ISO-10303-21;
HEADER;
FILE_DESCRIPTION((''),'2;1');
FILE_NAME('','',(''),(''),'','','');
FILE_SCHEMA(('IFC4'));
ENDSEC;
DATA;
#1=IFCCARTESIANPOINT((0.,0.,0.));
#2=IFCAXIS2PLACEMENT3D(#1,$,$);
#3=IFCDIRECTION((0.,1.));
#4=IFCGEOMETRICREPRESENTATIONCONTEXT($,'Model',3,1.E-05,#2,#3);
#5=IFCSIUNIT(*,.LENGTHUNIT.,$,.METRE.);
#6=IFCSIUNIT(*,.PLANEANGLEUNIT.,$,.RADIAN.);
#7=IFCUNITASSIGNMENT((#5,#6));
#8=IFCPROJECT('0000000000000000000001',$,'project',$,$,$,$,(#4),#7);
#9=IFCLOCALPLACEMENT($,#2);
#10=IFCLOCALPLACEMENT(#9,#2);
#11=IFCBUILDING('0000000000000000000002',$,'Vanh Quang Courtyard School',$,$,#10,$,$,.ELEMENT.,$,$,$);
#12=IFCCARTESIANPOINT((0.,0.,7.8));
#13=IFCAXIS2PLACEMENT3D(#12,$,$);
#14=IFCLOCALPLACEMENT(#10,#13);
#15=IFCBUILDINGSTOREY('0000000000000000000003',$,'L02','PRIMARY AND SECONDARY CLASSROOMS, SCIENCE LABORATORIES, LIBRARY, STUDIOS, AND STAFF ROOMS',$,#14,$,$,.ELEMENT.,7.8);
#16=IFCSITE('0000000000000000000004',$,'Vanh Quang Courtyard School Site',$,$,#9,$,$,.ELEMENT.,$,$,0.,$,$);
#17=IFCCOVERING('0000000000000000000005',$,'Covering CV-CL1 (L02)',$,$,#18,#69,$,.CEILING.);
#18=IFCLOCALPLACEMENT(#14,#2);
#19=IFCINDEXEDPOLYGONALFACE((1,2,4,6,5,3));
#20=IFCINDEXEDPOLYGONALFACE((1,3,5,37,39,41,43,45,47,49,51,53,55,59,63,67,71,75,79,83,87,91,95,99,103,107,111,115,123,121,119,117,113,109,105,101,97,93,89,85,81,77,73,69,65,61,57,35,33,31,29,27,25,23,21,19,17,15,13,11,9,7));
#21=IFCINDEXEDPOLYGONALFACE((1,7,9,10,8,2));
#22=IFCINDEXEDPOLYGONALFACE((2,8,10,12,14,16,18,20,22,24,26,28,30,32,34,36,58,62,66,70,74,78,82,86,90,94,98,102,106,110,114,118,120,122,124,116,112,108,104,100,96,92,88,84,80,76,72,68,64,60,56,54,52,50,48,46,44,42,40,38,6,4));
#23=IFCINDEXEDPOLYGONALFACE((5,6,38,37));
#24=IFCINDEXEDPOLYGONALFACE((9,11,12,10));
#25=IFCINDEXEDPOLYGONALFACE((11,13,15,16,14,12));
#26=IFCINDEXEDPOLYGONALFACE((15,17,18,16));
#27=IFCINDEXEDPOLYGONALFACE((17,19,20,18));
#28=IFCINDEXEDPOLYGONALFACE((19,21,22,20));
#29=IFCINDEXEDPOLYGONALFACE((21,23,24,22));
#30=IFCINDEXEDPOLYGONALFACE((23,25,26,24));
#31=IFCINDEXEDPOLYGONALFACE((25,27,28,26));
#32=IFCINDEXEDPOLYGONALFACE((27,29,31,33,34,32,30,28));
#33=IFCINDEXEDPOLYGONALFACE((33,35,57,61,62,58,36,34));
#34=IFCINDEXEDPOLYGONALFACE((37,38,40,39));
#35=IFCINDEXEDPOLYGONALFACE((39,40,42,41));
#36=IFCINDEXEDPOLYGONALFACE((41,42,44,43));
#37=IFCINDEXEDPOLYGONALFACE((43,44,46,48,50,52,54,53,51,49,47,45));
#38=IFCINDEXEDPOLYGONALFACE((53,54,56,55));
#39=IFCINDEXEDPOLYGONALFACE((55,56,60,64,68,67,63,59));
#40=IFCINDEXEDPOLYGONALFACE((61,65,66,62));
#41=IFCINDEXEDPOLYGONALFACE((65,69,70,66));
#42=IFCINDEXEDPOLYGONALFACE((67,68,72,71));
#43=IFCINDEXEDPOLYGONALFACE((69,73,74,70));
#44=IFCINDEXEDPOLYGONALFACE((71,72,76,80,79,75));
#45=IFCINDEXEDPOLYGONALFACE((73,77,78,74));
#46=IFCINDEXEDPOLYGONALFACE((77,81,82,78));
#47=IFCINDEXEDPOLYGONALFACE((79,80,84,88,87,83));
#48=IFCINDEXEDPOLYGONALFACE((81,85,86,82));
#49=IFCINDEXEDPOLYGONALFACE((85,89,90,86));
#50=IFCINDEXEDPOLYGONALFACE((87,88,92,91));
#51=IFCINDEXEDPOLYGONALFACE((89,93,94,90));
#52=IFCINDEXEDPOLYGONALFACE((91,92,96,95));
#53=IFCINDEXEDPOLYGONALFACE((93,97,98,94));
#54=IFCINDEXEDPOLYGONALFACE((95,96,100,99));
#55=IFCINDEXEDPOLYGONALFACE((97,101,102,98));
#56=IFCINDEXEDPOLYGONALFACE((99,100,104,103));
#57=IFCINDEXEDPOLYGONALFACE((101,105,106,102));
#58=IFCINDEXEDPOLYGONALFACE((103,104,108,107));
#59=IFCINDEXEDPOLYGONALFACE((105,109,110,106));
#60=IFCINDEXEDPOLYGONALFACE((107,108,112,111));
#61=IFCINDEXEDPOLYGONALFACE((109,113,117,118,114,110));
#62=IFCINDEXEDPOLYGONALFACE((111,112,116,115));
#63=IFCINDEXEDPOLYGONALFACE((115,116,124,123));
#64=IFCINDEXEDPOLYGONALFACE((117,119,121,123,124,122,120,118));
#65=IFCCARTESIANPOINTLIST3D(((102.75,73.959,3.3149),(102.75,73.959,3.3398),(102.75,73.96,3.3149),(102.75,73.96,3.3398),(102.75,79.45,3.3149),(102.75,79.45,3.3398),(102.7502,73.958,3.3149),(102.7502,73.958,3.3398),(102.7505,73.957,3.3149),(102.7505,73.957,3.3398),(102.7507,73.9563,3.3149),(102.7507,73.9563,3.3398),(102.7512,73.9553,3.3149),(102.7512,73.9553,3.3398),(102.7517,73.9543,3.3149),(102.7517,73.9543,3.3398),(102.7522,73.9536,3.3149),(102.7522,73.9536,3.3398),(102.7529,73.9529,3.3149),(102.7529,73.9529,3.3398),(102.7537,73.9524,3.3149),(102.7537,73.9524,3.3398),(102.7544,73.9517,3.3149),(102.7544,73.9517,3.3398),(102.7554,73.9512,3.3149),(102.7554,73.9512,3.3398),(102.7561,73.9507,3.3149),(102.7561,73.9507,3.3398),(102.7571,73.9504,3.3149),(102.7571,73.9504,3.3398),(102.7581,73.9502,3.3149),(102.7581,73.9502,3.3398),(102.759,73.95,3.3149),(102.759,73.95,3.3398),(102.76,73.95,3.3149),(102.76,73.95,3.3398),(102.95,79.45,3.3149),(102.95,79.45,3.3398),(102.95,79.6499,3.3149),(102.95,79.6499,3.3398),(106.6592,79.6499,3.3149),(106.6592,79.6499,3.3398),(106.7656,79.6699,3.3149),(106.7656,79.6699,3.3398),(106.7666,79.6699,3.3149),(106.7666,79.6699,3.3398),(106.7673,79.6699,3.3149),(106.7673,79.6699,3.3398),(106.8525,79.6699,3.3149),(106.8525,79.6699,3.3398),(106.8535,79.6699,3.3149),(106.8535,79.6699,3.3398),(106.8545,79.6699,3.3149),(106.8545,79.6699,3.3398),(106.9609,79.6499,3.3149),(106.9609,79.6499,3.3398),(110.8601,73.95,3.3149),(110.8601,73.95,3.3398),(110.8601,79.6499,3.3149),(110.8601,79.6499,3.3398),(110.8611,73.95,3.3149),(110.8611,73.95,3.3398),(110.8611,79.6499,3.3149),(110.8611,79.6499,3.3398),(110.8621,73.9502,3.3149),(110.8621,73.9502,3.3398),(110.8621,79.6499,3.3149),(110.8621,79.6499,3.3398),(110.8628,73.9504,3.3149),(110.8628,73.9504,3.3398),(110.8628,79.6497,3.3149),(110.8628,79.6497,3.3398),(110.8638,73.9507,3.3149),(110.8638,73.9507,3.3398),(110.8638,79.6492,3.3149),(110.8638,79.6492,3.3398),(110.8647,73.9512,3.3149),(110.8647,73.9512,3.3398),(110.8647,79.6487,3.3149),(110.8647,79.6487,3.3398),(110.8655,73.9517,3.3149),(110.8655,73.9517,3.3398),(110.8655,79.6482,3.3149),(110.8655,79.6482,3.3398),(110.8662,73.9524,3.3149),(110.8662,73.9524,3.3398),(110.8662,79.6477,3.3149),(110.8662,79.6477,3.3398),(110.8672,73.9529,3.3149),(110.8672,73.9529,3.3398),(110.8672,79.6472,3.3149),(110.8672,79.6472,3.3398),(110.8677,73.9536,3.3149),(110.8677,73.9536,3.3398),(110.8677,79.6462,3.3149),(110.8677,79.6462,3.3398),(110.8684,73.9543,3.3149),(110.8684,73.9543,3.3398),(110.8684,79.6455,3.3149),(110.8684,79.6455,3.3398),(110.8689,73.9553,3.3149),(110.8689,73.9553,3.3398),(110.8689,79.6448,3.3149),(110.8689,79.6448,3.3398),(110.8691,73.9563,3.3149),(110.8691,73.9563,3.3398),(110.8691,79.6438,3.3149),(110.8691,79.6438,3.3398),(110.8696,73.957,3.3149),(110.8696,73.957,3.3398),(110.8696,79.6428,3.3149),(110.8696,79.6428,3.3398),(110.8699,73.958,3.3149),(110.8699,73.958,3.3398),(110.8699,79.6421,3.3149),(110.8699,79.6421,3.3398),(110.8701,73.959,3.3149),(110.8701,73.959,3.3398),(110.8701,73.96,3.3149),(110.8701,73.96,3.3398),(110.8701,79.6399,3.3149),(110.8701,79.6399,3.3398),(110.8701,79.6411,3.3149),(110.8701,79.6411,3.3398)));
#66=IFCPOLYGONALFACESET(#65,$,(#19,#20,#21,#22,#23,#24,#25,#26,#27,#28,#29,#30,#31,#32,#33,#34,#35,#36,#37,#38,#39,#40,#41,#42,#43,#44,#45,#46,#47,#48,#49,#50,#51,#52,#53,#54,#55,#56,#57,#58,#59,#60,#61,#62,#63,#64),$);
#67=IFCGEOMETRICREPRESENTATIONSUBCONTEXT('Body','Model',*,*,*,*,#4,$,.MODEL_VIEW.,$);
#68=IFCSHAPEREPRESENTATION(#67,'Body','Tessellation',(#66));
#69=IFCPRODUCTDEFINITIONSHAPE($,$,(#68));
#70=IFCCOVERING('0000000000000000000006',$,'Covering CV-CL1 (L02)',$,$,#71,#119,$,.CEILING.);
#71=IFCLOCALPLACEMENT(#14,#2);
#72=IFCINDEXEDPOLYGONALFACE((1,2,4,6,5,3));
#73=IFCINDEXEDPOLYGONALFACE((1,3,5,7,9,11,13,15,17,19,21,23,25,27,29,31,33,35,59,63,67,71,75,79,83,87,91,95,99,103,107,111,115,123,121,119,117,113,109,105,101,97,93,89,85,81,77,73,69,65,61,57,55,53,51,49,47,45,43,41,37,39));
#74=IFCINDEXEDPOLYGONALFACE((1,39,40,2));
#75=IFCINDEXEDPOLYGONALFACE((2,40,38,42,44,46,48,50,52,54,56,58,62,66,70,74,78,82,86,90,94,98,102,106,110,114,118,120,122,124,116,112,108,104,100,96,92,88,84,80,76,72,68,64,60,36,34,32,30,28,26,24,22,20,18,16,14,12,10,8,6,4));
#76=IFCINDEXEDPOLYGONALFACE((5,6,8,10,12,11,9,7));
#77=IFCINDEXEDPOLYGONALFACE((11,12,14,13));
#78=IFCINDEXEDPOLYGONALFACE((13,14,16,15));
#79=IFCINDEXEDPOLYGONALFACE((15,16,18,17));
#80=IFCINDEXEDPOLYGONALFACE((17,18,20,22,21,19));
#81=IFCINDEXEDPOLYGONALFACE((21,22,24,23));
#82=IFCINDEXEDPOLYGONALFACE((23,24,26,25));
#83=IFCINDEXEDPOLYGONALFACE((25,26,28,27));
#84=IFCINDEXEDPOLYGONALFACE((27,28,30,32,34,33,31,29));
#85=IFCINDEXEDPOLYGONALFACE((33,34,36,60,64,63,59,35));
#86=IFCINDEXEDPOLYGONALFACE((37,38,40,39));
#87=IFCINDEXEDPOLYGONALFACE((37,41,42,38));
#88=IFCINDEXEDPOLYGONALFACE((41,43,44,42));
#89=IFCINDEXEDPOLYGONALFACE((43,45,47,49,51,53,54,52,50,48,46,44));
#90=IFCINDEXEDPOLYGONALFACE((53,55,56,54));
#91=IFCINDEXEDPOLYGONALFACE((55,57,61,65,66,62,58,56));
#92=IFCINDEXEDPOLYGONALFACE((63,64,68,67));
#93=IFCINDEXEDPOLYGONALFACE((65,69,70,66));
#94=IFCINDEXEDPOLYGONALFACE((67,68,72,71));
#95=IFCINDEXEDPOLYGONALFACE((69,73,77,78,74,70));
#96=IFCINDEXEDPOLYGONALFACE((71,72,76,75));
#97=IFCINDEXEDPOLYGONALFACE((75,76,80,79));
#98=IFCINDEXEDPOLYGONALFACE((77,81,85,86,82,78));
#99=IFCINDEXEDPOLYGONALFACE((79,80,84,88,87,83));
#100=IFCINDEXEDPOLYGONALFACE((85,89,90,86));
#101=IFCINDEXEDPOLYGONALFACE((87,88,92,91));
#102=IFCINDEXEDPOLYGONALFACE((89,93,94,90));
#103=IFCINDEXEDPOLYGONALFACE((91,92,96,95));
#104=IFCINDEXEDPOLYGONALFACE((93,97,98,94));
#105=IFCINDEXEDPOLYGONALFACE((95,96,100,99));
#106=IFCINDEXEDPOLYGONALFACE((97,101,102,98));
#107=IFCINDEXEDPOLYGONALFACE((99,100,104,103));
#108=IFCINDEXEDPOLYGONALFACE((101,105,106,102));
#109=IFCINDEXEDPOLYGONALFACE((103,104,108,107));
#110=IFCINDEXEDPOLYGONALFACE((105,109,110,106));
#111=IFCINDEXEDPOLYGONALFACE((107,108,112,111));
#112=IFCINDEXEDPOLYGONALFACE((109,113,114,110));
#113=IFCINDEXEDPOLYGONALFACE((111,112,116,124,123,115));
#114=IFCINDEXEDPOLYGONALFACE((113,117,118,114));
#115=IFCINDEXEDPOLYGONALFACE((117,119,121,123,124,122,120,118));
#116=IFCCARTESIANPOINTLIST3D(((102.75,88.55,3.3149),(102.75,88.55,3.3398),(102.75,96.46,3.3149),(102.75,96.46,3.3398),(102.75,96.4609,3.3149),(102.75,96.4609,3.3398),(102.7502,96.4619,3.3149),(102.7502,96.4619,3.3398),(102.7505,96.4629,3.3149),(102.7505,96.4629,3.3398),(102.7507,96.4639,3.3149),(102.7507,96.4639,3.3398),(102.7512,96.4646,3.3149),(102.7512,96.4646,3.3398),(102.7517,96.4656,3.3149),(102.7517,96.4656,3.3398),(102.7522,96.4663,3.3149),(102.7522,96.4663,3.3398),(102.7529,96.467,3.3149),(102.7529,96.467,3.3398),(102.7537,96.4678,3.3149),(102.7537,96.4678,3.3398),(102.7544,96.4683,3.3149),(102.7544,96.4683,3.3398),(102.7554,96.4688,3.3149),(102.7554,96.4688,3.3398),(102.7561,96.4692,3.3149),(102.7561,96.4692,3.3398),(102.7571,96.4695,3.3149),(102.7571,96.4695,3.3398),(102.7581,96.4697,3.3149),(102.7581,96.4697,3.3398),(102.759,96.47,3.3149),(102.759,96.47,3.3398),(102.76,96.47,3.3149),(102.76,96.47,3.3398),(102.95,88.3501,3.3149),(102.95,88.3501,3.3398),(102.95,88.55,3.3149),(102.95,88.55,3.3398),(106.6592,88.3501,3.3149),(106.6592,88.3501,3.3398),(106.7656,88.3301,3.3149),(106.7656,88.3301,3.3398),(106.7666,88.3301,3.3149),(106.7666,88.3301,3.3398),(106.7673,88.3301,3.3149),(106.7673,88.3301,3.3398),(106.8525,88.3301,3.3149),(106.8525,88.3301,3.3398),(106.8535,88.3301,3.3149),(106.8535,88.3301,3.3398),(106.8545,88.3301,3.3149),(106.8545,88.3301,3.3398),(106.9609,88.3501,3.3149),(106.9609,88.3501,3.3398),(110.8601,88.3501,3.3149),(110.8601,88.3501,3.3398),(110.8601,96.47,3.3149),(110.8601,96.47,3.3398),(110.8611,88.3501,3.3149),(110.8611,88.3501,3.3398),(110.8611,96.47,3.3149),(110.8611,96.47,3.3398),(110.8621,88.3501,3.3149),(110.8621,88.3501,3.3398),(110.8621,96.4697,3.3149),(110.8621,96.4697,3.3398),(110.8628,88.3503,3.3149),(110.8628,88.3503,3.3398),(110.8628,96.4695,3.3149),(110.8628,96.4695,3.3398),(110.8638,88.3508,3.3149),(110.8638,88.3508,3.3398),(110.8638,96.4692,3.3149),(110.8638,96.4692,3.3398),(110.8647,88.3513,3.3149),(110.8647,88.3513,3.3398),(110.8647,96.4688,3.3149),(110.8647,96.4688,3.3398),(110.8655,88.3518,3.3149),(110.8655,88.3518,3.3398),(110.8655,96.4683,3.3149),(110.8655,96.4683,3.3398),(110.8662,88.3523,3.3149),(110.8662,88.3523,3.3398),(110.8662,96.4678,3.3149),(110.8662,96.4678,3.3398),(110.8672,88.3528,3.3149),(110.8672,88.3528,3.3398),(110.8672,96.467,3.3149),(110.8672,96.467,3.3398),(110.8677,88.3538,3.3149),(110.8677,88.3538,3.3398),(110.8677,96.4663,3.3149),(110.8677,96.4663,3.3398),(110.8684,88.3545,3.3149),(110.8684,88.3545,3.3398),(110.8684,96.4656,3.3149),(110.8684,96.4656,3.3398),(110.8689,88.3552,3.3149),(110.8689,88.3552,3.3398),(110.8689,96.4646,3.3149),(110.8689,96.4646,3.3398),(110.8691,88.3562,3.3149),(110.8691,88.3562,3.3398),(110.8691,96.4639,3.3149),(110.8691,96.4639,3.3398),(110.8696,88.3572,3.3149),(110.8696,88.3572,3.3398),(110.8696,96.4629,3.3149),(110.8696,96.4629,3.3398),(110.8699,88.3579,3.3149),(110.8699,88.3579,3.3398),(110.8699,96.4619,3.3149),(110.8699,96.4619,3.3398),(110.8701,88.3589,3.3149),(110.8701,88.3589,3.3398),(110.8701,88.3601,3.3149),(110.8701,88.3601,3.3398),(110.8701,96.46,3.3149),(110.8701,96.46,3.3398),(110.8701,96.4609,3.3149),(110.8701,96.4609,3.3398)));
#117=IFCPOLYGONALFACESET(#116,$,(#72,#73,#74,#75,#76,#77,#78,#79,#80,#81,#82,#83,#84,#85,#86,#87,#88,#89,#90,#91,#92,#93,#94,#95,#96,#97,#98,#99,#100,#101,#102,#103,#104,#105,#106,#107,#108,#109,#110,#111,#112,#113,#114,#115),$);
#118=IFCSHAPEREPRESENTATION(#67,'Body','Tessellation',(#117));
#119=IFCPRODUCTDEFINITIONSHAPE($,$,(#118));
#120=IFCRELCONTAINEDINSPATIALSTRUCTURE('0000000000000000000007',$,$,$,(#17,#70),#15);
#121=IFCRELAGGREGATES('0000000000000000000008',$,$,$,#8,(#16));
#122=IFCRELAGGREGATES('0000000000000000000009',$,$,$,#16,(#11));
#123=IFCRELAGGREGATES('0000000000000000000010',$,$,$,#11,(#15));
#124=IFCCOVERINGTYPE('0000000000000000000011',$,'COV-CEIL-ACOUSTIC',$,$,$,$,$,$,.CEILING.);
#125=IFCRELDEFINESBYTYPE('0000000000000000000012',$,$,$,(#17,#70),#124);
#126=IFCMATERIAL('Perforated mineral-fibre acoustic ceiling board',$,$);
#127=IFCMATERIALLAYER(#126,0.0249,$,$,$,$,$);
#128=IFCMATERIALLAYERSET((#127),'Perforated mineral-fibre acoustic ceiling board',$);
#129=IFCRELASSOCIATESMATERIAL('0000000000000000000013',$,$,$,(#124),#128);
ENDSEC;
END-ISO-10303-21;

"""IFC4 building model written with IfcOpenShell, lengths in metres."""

from ifc_helpers import new_model, si_unit, direction, frame, origin, place, context, subcontext, project, spatial, polyline, outline, extrude, material, layer, layer_set, type_object, element, save


model = new_model("IFC4")

# Units and contexts
model_context = context("Model", 3, precision=1e-05, world=origin(), true_north=direction((0.0, 1.0)))
body_context = subcontext(model_context, "Body", "Model", "MODEL_VIEW")
ifc_project = project(units=[si_unit("LENGTHUNIT", "METRE"), si_unit("PLANEANGLEUNIT", "RADIAN")], contexts=[model_context])

# Site, building, storey
site_placement = place(None, origin())
site = spatial("IfcSite", under=ifc_project, at=site_placement, Name="Vanh Quang Courtyard School Site", CompositionType="ELEMENT", RefElevation=0.0)
building_placement = place(site_placement, origin())
building = spatial("IfcBuilding", under=site, at=building_placement, Name="Vanh Quang Courtyard School", CompositionType="ELEMENT")
storey_placement = place(building_placement, frame((0.0, 0.0, 7.8)))
storey = spatial("IfcBuildingStorey", under=building, at=storey_placement, Name="L02", Description="PRIMARY AND SECONDARY CLASSROOMS, SCIENCE LABORATORIES, LIBRARY, STUDIOS, AND STAFF ROOMS", CompositionType="ELEMENT", Elevation=7.8)

# Coverings
ifc_material_1 = material(Name="Perforated mineral-fibre acoustic ceiling board")
ifc_layer_1 = layer(ifc_material_1, 0.0249)
ifc_layer_set_1 = layer_set([ifc_layer_1], Name="Perforated mineral-fibre acoustic ceiling board")
covering_type_1 = type_object("IfcCoveringType", Name="COV-CEIL-ACOUSTIC", PredefinedType="CEILING", material=ifc_layer_set_1)
covering_1_placement = place(storey_placement, frame((0.0, 0.0, 3.3149)))
element("IfcCovering", 1, at=covering_1_placement, inside=storey, type_object=covering_type_1, Name="Covering CV-CL1 (L02)", PredefinedType="CEILING", context=body_context, shape_type="SweptSolid", body=[
    extrude(outline(polyline([(102.75, 79.45), (102.95, 79.45), (102.95, 79.6499), (106.6592, 79.6499), (106.7656, 79.6699), (106.7666, 79.6699), (106.7673, 79.6699), (106.8525, 79.6699), (106.8535, 79.6699), (106.8545, 79.6699), (106.9609, 79.6499), (110.8601, 79.6499), (110.8611, 79.6499), (110.8621, 79.6499), (110.8628, 79.6497), (110.8638, 79.6492), (110.8647, 79.6487), (110.8655, 79.6482), (110.8662, 79.6477), (110.8672, 79.6472), (110.8677, 79.6462), (110.8684, 79.6455), (110.8689, 79.6448), (110.8691, 79.6438), (110.8696, 79.6428), (110.8699, 79.6421), (110.8701, 79.6411), (110.8701, 79.6399), (110.8701, 73.96), (110.8701, 73.959), (110.8699, 73.958), (110.8696, 73.957), (110.8691, 73.9563), (110.8689, 73.9553), (110.8684, 73.9543), (110.8677, 73.9536), (110.8672, 73.9529), (110.8662, 73.9524), (110.8655, 73.9517), (110.8647, 73.9512), (110.8638, 73.9507), (110.8628, 73.9504), (110.8621, 73.9502), (110.8611, 73.95), (110.8601, 73.95), (102.76, 73.95), (102.759, 73.95), (102.7581, 73.9502), (102.7571, 73.9504), (102.7561, 73.9507), (102.7554, 73.9512), (102.7544, 73.9517), (102.7537, 73.9524), (102.7529, 73.9529), (102.7522, 73.9536), (102.7517, 73.9543), (102.7512, 73.9553), (102.7507, 73.9563), (102.7505, 73.957), (102.7502, 73.958), (102.75, 73.959), (102.75, 73.96), (102.75, 79.45)])), origin(), (0.0, 0.0, 1.0), 0.0249),
])
covering_2_placement = place(storey_placement, frame((0.0, 0.0, 3.3149)))
element("IfcCovering", 2, at=covering_2_placement, inside=storey, type_object=covering_type_1, Name="Covering CV-CL1 (L02)", PredefinedType="CEILING", context=body_context, shape_type="SweptSolid", body=[
    extrude(outline(polyline([(102.95, 88.3501), (102.95, 88.55), (102.75, 88.55), (102.75, 96.46), (102.75, 96.4609), (102.7502, 96.4619), (102.7505, 96.4629), (102.7507, 96.4639), (102.7512, 96.4646), (102.7517, 96.4656), (102.7522, 96.4663), (102.7529, 96.467), (102.7537, 96.4678), (102.7544, 96.4683), (102.7554, 96.4688), (102.7561, 96.4692), (102.7571, 96.4695), (102.7581, 96.4697), (102.759, 96.47), (102.76, 96.47), (110.8601, 96.47), (110.8611, 96.47), (110.8621, 96.4697), (110.8628, 96.4695), (110.8638, 96.4692), (110.8647, 96.4688), (110.8655, 96.4683), (110.8662, 96.4678), (110.8672, 96.467), (110.8677, 96.4663), (110.8684, 96.4656), (110.8689, 96.4646), (110.8691, 96.4639), (110.8696, 96.4629), (110.8699, 96.4619), (110.8701, 96.4609), (110.8701, 96.46), (110.8701, 88.3601), (110.8701, 88.3589), (110.8699, 88.3579), (110.8696, 88.3572), (110.8691, 88.3562), (110.8689, 88.3552), (110.8684, 88.3545), (110.8677, 88.3538), (110.8672, 88.3528), (110.8662, 88.3523), (110.8655, 88.3518), (110.8647, 88.3513), (110.8638, 88.3508), (110.8628, 88.3503), (110.8621, 88.3501), (110.8611, 88.3501), (110.8601, 88.3501), (106.9609, 88.3501), (106.8545, 88.3301), (106.8535, 88.3301), (106.8525, 88.3301), (106.7673, 88.3301), (106.7666, 88.3301), (106.7656, 88.3301), (106.6592, 88.3501), (102.95, 88.3501)])), origin(), (0.0, 0.0, 1.0), 0.0249),
])

save(model, "model.ifc")
